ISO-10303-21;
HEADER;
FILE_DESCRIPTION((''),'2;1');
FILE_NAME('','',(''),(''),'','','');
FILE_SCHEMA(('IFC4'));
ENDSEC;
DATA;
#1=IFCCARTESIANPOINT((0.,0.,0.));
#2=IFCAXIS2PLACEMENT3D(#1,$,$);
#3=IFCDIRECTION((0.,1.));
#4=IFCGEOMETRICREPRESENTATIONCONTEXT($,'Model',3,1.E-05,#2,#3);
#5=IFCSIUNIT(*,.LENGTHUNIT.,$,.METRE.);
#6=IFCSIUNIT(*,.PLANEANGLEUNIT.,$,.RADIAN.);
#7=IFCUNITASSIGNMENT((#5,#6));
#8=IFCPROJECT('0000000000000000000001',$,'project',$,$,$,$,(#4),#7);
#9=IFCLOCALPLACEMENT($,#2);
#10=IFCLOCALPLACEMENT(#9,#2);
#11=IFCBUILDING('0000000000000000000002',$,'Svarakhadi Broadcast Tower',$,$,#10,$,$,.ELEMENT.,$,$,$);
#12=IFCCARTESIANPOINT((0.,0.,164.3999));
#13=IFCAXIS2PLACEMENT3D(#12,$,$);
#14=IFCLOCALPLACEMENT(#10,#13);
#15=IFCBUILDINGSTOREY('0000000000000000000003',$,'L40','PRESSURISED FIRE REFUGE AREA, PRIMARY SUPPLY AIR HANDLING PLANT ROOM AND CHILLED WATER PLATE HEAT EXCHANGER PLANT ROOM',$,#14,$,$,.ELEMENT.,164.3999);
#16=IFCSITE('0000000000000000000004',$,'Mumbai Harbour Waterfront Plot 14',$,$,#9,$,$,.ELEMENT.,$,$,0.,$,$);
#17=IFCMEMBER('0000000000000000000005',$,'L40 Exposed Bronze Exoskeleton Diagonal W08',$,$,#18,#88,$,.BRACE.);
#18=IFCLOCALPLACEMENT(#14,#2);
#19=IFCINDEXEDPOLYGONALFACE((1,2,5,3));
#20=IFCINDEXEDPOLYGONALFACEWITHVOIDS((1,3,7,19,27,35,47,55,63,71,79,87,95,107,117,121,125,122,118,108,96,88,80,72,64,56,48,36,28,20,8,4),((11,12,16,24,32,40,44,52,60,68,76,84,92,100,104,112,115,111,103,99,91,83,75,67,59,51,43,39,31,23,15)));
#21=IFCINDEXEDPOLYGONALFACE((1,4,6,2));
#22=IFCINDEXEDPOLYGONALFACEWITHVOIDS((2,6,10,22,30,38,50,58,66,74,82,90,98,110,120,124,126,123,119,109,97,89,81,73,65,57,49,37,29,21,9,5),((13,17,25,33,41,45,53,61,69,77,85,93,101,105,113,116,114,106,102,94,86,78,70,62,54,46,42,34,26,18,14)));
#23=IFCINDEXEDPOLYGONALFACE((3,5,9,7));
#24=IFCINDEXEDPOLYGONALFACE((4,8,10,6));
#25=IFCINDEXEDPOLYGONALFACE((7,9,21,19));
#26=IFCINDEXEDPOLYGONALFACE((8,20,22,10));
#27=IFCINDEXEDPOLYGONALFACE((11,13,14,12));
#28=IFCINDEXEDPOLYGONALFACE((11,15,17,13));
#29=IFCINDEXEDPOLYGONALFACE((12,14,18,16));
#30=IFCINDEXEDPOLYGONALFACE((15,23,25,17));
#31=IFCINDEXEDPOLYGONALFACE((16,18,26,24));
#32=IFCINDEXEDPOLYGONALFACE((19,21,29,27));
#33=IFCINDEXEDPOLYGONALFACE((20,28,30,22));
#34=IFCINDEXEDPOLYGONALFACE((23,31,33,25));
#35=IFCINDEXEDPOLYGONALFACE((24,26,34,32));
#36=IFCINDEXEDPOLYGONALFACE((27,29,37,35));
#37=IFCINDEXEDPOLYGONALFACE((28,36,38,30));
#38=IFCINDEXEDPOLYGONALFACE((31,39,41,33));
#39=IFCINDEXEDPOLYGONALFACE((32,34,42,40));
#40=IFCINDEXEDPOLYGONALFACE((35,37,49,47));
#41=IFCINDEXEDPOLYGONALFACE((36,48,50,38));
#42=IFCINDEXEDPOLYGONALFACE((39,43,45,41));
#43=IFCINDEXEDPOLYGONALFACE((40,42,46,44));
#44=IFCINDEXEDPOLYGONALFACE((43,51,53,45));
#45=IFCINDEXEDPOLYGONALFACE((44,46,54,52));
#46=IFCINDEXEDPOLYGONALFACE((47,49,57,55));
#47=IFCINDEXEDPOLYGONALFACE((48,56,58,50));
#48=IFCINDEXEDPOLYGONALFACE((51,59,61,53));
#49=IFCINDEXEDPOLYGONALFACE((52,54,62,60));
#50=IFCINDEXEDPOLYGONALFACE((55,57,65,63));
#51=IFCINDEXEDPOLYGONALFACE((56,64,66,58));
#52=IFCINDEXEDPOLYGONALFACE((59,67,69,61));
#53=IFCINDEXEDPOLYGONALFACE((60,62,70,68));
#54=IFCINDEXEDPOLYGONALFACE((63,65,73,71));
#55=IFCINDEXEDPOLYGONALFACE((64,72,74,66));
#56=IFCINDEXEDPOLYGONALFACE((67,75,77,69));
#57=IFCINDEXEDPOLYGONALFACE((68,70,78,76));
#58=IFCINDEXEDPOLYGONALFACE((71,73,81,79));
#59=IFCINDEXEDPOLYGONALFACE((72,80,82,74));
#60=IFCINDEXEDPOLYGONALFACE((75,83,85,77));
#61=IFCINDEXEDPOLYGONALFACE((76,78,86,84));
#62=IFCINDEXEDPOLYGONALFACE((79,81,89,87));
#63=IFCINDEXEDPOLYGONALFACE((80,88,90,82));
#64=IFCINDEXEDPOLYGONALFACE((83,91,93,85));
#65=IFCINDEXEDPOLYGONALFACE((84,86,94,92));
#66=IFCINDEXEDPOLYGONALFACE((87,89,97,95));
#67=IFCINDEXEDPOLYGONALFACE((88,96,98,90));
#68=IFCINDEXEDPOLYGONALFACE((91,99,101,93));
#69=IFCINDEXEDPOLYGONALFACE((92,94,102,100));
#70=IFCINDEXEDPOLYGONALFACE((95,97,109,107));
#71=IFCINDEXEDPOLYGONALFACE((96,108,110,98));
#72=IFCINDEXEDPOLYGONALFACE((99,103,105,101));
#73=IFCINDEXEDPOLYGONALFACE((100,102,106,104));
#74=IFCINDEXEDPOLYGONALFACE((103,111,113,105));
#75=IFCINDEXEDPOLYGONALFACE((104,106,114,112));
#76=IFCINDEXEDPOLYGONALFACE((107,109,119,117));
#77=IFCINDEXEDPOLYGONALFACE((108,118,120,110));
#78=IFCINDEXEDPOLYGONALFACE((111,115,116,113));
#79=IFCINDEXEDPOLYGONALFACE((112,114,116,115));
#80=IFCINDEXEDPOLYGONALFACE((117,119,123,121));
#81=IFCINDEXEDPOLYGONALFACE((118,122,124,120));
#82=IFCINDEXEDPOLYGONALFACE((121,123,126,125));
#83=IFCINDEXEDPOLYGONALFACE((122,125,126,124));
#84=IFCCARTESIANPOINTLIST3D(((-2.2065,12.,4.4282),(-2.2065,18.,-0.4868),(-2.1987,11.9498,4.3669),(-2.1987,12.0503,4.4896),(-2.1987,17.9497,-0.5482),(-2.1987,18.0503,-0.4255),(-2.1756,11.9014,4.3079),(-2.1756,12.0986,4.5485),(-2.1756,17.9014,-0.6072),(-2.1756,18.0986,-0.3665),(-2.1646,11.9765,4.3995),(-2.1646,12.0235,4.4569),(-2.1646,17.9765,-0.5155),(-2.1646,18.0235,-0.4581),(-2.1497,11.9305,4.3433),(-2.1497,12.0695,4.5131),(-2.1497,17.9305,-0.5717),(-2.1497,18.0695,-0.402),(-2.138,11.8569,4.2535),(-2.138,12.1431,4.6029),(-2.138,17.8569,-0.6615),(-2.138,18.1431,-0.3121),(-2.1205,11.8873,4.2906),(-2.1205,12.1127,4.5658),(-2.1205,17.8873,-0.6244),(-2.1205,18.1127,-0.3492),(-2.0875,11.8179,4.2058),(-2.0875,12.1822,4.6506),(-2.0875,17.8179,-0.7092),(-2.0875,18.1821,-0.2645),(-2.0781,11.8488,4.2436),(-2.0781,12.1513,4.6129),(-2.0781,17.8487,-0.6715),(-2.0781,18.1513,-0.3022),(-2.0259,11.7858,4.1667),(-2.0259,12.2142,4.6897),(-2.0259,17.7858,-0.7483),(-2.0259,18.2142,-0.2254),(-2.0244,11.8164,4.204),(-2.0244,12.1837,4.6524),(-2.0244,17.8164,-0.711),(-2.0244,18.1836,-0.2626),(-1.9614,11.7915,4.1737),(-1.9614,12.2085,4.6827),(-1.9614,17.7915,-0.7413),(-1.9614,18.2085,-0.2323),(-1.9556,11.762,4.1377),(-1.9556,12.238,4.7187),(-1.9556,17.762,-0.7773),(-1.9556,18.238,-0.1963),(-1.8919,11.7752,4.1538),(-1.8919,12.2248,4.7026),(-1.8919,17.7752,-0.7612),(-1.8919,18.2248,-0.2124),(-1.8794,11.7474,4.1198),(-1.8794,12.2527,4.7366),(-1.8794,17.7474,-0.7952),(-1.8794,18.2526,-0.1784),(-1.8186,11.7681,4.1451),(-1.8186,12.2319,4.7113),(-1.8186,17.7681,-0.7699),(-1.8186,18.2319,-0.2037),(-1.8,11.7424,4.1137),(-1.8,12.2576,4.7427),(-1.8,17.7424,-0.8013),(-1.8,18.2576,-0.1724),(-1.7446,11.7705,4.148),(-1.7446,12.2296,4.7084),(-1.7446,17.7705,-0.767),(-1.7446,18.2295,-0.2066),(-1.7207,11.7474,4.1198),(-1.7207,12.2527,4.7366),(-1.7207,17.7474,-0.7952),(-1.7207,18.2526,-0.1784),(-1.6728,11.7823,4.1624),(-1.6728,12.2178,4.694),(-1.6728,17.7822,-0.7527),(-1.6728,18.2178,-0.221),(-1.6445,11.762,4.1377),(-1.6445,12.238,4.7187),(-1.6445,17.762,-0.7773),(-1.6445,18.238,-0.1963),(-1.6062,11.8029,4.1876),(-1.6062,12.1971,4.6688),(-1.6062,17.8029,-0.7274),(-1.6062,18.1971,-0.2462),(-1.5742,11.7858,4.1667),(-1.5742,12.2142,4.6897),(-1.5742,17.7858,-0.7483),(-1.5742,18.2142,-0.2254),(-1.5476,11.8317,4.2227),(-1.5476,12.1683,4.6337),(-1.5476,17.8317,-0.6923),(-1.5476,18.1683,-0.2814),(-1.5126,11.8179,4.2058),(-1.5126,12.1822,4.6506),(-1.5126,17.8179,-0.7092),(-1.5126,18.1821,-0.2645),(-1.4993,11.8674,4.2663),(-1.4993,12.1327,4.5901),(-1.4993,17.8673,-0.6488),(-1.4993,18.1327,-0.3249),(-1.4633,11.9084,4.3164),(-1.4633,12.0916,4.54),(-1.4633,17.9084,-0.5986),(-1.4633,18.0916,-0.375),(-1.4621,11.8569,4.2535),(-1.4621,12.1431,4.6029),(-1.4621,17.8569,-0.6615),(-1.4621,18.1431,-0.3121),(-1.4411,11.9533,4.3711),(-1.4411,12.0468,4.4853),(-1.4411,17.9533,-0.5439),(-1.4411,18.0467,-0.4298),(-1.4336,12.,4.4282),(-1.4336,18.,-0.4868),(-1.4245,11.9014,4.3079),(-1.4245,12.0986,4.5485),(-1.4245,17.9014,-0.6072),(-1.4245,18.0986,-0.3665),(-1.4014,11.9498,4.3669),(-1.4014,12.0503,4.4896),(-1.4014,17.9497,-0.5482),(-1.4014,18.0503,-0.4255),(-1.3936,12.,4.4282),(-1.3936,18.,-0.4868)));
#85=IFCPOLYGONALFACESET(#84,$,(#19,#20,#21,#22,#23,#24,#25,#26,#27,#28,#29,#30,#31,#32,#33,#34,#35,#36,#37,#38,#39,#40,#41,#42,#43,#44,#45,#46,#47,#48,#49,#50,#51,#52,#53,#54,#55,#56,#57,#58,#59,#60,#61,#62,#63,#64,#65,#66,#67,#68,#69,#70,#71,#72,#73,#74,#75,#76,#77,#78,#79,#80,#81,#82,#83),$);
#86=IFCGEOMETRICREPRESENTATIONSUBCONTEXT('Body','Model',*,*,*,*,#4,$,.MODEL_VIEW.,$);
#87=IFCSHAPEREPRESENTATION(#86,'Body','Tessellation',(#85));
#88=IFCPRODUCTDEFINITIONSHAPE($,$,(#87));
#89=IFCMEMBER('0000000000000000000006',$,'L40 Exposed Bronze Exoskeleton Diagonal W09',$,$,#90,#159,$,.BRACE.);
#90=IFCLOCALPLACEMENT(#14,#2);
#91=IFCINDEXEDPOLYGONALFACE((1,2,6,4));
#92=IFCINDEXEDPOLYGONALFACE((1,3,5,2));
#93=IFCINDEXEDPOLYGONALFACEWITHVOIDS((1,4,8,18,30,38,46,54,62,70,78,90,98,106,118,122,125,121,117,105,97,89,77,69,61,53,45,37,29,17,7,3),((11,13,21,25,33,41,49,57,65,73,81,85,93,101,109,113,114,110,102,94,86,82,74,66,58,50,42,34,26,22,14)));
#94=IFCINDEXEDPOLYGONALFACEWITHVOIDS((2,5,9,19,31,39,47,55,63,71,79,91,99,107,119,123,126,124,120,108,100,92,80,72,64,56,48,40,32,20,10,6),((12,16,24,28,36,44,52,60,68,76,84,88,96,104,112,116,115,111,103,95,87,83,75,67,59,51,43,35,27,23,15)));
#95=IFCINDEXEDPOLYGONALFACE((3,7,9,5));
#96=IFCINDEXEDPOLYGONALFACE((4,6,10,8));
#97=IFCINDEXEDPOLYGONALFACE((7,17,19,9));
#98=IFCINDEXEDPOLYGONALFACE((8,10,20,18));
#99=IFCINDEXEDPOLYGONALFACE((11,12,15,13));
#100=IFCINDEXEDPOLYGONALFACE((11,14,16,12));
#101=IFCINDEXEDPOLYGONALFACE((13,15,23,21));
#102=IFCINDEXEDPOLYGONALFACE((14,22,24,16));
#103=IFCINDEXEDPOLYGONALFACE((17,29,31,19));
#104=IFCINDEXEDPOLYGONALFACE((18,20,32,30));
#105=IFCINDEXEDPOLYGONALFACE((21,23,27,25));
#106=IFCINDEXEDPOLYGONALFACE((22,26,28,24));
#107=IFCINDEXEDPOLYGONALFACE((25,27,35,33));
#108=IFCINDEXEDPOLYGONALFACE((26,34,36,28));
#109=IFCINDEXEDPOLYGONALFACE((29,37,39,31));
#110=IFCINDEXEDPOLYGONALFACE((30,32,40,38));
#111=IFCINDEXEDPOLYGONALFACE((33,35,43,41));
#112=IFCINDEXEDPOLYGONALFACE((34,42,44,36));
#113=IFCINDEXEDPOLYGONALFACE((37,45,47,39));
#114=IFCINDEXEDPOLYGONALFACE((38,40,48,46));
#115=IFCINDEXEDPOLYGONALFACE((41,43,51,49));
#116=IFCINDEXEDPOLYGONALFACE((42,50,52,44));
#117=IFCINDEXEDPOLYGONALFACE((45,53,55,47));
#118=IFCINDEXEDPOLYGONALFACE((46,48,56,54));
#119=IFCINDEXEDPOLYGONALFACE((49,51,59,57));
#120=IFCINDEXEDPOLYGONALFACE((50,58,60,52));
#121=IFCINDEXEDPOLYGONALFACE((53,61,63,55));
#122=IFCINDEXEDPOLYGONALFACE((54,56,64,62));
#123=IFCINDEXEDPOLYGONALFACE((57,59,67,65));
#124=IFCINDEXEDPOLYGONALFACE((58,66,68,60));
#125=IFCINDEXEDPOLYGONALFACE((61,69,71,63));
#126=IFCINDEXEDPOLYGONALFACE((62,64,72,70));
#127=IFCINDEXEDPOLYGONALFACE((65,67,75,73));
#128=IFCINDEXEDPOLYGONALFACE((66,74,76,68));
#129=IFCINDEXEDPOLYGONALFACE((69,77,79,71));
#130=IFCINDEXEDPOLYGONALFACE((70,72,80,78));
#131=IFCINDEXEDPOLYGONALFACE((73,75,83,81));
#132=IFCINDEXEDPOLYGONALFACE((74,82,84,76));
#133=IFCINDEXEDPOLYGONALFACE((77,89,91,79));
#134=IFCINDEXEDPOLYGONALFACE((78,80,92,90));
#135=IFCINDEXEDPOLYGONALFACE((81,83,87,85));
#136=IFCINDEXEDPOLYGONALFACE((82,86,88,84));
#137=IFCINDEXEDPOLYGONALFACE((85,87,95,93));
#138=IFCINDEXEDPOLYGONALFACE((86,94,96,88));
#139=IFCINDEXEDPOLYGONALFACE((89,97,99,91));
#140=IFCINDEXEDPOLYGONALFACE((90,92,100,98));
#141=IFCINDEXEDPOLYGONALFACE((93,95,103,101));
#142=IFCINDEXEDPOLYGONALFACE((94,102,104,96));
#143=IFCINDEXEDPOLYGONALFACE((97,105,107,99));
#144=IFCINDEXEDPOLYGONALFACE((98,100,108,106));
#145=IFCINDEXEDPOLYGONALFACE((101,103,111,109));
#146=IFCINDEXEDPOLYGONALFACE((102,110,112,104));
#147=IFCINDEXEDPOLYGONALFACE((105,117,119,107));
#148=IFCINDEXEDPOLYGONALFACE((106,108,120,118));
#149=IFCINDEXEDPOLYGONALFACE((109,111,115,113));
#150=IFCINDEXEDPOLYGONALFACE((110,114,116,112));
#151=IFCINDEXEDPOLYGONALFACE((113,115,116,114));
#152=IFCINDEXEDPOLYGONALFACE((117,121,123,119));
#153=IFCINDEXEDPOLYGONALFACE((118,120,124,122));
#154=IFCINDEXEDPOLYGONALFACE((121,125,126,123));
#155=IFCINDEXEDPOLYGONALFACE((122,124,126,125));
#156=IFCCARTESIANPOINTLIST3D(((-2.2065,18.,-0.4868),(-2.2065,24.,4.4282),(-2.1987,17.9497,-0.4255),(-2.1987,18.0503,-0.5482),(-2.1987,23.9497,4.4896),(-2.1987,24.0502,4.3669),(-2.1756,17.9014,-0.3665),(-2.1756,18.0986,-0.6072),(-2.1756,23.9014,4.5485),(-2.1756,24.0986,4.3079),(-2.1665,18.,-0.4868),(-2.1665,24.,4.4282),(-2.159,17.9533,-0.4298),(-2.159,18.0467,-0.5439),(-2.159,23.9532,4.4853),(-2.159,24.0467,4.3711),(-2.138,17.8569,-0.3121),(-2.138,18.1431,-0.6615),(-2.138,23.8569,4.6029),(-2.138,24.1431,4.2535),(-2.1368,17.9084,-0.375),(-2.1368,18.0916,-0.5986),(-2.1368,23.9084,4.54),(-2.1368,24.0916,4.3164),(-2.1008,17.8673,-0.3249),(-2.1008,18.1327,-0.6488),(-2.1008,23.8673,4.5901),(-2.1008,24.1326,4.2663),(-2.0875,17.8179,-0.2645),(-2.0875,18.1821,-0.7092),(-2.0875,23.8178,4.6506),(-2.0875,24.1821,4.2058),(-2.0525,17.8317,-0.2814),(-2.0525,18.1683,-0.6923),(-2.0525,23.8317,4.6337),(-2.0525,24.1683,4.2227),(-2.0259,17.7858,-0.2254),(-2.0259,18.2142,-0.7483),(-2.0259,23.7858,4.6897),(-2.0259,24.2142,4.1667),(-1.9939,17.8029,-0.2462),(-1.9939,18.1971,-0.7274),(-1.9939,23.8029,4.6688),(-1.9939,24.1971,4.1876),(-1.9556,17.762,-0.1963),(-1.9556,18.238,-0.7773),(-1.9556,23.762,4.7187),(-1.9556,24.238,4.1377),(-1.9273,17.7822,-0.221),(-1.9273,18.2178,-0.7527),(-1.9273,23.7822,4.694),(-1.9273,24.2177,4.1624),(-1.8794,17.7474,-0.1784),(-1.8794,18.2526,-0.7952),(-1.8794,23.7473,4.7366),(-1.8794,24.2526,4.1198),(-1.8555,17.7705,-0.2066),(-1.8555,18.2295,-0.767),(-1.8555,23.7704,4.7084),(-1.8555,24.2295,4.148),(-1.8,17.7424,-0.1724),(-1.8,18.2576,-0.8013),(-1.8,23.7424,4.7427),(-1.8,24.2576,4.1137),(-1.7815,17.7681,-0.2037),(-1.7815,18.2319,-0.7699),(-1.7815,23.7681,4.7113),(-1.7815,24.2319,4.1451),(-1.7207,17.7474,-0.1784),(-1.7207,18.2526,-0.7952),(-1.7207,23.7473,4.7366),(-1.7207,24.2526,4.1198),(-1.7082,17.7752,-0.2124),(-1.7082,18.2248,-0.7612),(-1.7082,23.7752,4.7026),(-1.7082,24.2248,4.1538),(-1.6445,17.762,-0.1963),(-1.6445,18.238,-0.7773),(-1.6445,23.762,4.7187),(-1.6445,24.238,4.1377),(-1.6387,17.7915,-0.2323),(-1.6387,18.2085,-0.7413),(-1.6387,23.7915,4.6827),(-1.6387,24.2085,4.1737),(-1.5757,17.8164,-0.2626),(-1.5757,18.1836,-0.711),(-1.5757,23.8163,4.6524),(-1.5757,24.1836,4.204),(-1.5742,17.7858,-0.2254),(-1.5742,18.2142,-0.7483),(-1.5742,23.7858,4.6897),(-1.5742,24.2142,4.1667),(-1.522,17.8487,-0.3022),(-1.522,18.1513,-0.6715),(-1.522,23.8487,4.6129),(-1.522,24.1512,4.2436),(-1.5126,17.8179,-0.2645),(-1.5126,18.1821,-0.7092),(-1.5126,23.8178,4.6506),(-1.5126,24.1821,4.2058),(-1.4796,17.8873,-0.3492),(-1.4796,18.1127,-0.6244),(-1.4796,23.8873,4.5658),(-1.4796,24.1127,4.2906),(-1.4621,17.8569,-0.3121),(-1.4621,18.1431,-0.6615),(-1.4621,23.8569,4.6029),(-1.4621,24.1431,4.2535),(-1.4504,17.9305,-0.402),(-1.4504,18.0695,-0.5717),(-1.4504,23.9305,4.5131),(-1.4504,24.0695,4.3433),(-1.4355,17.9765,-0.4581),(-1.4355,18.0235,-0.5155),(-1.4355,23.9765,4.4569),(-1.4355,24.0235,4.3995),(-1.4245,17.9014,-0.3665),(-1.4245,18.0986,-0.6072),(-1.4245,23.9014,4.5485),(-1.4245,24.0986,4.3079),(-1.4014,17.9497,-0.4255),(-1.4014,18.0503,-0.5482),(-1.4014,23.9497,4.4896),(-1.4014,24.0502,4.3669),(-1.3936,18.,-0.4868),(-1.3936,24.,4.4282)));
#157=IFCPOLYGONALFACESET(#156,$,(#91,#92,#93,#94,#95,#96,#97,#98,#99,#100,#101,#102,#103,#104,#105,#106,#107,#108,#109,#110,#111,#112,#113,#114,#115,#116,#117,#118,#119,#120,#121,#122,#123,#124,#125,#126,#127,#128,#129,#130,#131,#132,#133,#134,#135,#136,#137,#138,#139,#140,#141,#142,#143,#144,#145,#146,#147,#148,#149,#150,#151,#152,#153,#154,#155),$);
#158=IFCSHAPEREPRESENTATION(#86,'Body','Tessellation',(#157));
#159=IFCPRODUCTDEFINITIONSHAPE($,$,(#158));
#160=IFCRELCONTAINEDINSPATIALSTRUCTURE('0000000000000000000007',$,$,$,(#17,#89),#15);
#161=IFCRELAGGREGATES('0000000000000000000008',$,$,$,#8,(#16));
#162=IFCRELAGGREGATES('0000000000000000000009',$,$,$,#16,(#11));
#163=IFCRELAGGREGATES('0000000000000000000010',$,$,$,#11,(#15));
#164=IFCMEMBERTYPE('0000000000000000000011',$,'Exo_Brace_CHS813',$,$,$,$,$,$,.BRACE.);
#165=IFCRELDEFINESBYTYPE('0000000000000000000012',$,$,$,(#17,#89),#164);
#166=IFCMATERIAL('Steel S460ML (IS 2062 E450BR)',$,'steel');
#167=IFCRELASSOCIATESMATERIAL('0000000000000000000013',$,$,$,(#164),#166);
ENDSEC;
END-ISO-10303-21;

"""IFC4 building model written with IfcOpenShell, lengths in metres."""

from ifc_helpers import new_model, si_unit, direction, frame, origin, origin_2d, place, context, subcontext, project, spatial, hollow_circle, extrude, material, material_profile, profile_set, type_object, element, save


model = new_model("IFC4")

# Units and contexts
model_context = context("Model", 3, precision=1e-05, world=origin(), true_north=direction((0.0, 1.0)))
body_context = subcontext(model_context, "Body", "Model", "MODEL_VIEW")
ifc_project = project(units=[si_unit("LENGTHUNIT", "METRE"), si_unit("PLANEANGLEUNIT", "RADIAN")], contexts=[model_context])

# Site, building, storey
site_placement = place(None, origin())
site = spatial("IfcSite", under=ifc_project, at=site_placement, Name="Mumbai Harbour Waterfront Plot 14", CompositionType="ELEMENT", RefElevation=0.0)
building_placement = place(site_placement, origin())
building = spatial("IfcBuilding", under=site, at=building_placement, Name="Svarakhadi Broadcast Tower", CompositionType="ELEMENT")
storey_placement = place(building_placement, frame((0.0, 0.0, 164.3999)))
storey = spatial("IfcBuildingStorey", under=building, at=storey_placement, Name="L40", Description="PRESSURISED FIRE REFUGE AREA, PRIMARY SUPPLY AIR HANDLING PLANT ROOM AND CHILLED WATER PLATE HEAT EXCHANGER PLANT ROOM", CompositionType="ELEMENT", Elevation=164.3999)

# Shared definitions
ifc_material_1 = material(Name="Steel S460ML (IS 2062 E450BR)", Category="steel")

# Members
ifc_material_profile_1 = material_profile(ifc_material_1, hollow_circle(Radius=0.4065, WallThickness=0.04, at=origin_2d()), Name="CHS 813x40")
ifc_profile_set_1 = profile_set([ifc_material_profile_1], Name="Steel S460ML (IS 2062 E450BR)")
member_type_1 = type_object("IfcMemberType", Name="Exo_Brace_CHS813", PredefinedType="BRACE", material=ifc_profile_set_1)
for number, where, z_axis, x_axis, name in (
    (1, (-1.8, 18.0, -0.4868), (0.0, -0.773581, 0.633697), (1.0, 0.0, 0.0), "L40 Exposed Bronze Exoskeleton Diagonal W08"),
    (2, (-1.8, 18.0, -0.4868), (0.0, 0.773581, 0.633697), (-1.0, 0.0, 0.0), "L40 Exposed Bronze Exoskeleton Diagonal W09"),
):
    element("IfcMember", number, at=place(storey_placement, frame(where, z_axis=z_axis, x_axis=x_axis)), inside=storey, type_object=member_type_1, Name=name, PredefinedType="BRACE", context=body_context, shape_type="SweptSolid", body=[
        extrude(hollow_circle(Radius=0.4065, WallThickness=0.04, at=origin_2d()), origin(), (0.0, 0.0, 1.0), 7.7561),
    ])

save(model, "model.ifc")
